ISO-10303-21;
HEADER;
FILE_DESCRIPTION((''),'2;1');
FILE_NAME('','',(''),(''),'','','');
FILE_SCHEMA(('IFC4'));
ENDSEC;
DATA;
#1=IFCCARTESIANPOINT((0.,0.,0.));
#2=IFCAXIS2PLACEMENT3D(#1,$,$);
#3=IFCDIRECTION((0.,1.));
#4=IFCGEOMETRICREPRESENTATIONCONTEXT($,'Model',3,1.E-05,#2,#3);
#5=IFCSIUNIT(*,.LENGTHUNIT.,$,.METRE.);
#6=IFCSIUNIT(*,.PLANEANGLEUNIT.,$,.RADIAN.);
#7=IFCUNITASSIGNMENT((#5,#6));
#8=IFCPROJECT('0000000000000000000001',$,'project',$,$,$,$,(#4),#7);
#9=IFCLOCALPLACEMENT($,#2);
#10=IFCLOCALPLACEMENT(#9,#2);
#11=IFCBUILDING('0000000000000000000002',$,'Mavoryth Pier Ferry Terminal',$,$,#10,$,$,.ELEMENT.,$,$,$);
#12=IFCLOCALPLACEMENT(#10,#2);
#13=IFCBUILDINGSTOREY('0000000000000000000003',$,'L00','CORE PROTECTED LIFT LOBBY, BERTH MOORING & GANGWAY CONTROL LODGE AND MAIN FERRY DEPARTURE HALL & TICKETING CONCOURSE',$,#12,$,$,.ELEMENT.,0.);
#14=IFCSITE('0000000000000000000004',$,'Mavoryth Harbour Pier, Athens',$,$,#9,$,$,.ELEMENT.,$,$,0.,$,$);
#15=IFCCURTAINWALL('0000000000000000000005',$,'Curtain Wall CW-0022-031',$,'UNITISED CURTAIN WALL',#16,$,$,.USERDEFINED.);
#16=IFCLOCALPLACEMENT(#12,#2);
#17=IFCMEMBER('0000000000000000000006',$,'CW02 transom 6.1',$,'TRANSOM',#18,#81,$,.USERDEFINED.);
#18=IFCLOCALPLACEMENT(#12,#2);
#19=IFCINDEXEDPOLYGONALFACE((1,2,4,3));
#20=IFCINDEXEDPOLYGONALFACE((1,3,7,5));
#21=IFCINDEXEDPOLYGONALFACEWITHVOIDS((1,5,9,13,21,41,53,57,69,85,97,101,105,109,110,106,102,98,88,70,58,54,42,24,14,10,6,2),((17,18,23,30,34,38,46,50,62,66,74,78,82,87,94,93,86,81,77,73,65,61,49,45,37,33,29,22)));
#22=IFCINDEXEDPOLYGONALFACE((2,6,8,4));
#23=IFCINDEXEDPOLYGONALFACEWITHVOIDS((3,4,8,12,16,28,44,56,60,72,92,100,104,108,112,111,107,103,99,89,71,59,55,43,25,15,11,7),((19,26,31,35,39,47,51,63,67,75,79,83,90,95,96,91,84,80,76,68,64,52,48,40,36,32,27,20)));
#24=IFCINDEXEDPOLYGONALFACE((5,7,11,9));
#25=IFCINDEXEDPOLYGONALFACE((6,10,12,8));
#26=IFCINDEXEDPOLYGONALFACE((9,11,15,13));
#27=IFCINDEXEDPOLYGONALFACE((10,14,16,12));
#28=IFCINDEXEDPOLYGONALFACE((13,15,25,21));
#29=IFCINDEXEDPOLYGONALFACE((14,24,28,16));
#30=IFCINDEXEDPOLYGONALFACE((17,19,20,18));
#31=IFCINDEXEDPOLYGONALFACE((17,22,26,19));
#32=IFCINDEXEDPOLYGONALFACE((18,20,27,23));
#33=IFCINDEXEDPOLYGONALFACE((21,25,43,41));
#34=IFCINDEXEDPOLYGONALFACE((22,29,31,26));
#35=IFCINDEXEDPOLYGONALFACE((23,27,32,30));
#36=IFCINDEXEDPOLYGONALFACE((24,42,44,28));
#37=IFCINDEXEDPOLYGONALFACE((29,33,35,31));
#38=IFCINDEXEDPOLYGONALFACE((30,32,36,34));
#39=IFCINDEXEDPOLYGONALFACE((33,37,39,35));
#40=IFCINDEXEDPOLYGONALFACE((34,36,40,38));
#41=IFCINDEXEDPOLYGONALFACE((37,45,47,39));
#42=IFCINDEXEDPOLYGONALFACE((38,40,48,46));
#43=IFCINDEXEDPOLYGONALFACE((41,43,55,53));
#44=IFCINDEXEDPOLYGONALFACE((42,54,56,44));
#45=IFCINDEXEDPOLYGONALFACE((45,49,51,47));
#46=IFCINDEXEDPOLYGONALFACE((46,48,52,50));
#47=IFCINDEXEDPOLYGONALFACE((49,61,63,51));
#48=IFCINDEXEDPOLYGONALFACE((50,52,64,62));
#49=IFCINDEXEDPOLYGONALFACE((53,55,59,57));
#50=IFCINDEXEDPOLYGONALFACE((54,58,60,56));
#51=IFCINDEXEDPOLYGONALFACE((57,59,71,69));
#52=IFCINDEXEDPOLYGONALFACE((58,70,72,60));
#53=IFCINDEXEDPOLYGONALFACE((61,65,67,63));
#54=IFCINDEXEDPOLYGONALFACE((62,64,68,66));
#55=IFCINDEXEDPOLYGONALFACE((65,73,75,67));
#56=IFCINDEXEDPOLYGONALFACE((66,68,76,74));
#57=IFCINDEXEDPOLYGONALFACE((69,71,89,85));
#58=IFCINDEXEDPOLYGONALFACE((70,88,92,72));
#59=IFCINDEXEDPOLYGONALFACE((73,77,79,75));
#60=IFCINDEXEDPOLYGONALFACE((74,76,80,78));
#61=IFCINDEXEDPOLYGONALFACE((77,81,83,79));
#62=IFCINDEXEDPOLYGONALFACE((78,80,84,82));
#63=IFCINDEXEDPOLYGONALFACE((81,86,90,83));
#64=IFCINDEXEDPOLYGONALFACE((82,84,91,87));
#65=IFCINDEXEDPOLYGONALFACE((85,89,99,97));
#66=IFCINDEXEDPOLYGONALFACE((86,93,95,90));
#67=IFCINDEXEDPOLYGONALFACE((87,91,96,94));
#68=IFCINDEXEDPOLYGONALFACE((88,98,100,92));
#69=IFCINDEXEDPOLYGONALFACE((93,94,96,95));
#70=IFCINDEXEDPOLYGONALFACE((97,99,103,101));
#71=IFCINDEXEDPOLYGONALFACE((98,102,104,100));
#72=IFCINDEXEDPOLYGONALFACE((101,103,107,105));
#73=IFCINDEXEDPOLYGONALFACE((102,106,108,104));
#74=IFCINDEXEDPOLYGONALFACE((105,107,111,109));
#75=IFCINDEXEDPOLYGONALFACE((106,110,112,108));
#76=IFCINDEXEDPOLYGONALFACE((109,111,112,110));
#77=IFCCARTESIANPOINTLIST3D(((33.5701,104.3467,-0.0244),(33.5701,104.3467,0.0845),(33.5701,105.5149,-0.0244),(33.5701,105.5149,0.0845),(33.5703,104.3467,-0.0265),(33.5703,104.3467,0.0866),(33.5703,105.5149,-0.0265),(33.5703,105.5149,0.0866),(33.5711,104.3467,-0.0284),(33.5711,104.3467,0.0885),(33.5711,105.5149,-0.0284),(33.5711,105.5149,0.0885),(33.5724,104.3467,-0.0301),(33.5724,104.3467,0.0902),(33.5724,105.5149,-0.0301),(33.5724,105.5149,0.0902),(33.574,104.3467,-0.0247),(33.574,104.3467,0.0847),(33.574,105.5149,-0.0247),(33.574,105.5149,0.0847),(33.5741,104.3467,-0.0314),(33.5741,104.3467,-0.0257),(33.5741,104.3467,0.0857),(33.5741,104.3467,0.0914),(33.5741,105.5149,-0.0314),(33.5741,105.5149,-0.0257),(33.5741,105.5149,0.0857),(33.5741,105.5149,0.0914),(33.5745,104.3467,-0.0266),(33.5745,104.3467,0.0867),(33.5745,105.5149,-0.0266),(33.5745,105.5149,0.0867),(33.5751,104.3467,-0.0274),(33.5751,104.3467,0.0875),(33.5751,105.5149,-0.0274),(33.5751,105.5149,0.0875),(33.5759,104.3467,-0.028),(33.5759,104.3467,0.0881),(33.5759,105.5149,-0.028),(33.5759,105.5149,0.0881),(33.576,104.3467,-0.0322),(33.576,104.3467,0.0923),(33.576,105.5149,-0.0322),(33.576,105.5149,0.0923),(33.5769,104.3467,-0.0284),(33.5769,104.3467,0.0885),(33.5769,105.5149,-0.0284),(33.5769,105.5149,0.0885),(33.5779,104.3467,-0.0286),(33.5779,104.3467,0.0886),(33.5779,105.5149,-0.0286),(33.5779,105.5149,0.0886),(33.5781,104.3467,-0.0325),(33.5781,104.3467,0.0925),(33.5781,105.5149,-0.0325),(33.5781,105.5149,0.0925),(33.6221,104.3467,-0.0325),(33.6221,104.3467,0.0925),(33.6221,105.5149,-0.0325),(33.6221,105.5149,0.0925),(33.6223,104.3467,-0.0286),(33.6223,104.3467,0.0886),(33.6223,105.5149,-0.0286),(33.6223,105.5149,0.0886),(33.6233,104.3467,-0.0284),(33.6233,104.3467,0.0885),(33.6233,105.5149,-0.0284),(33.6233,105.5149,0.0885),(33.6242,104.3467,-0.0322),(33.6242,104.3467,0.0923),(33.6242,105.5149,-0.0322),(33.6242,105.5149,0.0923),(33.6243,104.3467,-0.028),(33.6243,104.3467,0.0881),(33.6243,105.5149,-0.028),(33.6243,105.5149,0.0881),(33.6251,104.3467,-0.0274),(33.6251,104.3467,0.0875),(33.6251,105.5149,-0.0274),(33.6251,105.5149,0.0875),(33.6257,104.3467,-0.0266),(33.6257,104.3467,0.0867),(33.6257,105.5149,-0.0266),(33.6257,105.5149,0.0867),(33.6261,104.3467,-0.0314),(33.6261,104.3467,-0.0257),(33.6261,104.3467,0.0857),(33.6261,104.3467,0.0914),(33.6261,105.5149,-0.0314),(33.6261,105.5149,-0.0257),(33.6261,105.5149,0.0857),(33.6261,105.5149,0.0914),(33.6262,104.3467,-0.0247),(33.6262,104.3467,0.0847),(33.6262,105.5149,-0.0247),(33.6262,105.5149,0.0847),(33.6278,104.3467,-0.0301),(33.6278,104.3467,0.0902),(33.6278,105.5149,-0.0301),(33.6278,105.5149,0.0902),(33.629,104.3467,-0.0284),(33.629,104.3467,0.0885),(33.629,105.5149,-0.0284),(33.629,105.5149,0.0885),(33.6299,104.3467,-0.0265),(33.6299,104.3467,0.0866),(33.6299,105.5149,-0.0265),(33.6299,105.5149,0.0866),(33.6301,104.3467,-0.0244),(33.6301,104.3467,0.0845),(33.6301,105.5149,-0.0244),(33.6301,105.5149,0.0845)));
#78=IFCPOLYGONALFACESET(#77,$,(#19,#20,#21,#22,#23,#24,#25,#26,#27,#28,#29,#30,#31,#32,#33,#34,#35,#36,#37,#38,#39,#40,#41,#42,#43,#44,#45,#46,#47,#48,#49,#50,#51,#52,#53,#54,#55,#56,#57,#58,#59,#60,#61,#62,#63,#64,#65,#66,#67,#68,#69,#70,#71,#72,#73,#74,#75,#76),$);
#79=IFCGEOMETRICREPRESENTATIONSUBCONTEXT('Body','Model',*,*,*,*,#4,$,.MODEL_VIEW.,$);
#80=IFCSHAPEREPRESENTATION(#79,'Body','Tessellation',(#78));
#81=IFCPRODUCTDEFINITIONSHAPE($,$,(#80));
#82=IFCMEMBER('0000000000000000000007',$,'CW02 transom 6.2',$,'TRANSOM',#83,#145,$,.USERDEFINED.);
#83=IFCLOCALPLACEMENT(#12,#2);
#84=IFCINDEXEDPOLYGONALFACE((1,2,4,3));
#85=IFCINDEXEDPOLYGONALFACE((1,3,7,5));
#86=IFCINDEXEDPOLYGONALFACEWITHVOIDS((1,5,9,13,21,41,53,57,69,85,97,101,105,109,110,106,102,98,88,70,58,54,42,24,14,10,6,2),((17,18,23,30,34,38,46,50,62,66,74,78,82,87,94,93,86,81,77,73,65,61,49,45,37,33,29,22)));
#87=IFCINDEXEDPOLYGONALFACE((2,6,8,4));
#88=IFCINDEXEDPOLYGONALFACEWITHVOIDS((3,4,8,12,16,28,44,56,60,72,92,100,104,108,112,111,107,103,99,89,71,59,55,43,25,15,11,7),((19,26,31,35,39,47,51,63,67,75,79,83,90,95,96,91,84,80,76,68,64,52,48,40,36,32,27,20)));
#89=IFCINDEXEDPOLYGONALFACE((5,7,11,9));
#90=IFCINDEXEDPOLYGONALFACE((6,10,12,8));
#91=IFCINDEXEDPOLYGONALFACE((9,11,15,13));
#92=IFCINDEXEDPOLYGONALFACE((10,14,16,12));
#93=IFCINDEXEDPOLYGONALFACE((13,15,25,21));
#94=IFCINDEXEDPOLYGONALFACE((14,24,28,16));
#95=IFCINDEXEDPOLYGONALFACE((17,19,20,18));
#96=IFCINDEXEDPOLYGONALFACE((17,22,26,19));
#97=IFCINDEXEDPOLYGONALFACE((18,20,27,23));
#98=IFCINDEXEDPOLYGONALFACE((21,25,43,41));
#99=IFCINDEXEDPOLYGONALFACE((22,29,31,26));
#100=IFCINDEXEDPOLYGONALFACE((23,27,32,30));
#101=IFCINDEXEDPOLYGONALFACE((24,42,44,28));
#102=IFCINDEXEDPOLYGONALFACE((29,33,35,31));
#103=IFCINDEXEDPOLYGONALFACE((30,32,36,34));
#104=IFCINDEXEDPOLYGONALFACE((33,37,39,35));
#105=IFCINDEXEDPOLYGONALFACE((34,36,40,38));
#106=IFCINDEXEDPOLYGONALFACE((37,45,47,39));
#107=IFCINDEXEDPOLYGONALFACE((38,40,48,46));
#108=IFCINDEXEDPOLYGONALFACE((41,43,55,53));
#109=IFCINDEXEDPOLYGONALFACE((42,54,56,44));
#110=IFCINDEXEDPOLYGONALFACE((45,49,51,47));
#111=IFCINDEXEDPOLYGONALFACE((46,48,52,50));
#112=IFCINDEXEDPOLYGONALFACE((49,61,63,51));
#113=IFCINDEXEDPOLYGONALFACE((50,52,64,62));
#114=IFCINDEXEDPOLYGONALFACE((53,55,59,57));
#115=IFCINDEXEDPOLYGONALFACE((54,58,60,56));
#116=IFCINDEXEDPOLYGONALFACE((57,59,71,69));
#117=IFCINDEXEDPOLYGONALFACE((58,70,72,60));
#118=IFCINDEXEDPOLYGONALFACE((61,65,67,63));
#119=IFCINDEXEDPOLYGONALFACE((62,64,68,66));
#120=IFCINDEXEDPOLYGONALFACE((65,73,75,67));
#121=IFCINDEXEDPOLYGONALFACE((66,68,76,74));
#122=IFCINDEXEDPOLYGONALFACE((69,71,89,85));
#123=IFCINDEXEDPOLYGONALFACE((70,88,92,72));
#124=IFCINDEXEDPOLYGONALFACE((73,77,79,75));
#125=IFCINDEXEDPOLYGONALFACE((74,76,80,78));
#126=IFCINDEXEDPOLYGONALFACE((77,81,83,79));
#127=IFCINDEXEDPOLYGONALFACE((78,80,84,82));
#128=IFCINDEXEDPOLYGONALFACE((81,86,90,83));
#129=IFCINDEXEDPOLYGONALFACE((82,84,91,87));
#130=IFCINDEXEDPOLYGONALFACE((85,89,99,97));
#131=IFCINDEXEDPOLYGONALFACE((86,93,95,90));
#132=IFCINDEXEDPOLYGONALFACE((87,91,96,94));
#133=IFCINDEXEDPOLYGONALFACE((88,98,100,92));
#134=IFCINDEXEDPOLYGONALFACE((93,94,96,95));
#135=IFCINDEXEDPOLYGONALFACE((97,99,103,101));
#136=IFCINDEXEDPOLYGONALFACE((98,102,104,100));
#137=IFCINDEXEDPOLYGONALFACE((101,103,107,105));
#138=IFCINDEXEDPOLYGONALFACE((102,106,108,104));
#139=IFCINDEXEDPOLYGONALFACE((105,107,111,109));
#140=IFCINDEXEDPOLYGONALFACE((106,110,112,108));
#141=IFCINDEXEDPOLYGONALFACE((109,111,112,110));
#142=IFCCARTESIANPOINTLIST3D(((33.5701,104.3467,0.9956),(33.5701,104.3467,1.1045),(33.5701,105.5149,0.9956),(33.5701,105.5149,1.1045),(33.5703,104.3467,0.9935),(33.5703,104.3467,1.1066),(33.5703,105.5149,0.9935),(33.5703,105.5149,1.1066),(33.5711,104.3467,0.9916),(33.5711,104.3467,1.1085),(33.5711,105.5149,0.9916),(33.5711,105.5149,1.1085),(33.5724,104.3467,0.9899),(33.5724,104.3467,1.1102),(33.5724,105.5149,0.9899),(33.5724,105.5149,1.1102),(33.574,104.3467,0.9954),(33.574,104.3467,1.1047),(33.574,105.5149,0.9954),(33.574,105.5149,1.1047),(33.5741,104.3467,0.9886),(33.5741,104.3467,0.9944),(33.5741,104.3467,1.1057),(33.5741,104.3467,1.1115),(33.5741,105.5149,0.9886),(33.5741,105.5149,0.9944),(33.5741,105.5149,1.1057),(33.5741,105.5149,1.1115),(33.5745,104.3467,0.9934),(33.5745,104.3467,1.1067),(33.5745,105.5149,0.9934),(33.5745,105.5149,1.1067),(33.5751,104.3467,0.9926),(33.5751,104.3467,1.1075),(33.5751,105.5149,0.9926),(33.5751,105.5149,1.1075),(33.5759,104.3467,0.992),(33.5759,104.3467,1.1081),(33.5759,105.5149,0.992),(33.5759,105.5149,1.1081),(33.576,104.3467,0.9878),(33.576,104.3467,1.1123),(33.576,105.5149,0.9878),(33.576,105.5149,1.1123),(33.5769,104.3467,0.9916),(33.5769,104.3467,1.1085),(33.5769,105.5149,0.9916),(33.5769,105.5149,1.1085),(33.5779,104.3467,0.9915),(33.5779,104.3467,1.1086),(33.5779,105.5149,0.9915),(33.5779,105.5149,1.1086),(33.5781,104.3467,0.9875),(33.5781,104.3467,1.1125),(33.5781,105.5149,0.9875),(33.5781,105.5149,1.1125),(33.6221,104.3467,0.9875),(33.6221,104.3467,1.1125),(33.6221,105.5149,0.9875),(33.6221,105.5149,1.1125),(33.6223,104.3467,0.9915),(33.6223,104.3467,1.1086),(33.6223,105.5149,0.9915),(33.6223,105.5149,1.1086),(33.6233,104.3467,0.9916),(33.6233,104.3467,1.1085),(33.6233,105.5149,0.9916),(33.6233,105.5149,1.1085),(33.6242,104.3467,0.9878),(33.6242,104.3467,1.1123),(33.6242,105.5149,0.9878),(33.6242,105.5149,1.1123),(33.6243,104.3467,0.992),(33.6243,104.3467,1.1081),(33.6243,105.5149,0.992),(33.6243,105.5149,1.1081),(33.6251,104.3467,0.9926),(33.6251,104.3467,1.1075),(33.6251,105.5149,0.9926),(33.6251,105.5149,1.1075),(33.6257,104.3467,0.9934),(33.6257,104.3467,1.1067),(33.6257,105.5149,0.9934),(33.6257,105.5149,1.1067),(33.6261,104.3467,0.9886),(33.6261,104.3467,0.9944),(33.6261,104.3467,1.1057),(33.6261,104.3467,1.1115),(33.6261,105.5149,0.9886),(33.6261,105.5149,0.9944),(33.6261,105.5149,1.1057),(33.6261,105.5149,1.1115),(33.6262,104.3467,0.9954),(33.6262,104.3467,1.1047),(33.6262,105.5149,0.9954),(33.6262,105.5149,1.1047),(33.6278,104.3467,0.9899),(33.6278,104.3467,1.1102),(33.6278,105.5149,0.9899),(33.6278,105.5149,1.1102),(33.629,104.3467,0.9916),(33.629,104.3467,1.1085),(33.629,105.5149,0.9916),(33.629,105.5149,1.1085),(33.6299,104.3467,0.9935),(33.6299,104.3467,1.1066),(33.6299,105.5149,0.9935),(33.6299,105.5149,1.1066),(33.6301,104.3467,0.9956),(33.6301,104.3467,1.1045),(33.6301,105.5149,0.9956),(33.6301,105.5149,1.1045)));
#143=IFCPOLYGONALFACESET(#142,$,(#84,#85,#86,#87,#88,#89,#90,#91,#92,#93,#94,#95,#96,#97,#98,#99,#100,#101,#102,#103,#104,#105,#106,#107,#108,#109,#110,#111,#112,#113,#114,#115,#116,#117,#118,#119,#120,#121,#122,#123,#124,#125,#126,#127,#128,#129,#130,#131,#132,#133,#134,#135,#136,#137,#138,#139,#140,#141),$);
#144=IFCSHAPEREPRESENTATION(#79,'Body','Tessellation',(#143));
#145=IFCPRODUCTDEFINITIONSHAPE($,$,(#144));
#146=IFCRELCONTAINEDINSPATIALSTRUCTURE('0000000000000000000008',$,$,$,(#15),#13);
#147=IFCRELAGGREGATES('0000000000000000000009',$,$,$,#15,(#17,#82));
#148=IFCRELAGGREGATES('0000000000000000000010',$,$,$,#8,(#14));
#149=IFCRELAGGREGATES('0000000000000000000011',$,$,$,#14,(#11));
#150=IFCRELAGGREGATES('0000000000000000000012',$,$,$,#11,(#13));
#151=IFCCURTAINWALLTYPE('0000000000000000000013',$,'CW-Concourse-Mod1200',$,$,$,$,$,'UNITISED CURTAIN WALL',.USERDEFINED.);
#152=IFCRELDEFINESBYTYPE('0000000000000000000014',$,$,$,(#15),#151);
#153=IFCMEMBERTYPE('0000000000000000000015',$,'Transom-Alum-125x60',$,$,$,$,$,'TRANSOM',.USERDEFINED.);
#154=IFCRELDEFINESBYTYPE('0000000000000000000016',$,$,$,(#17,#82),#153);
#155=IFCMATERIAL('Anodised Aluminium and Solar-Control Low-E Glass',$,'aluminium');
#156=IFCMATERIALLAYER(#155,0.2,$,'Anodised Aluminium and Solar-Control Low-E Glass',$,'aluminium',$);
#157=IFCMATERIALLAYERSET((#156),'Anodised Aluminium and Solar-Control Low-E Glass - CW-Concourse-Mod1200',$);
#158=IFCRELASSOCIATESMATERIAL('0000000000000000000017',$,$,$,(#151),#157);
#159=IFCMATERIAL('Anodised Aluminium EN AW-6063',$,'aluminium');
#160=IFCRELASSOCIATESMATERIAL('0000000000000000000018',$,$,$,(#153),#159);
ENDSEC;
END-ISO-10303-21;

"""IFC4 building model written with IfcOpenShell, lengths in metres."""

from ifc_helpers import new_model, si_unit, direction, frame, origin, origin_2d, place, context, subcontext, project, spatial, hollow_rectangle, extrude, material, layer, layer_set, material_profile, profile_set, type_object, element, aggregate, save


model = new_model("IFC4")

# Units and contexts
model_context = context("Model", 3, precision=1e-05, world=origin(), true_north=direction((0.0, 1.0)))
body_context = subcontext(model_context, "Body", "Model", "MODEL_VIEW")
ifc_project = project(units=[si_unit("LENGTHUNIT", "METRE"), si_unit("PLANEANGLEUNIT", "RADIAN")], contexts=[model_context])

# Site, building, storey
site_placement = place(None, origin())
site = spatial("IfcSite", under=ifc_project, at=site_placement, Name="Mavoryth Harbour Pier, Athens", CompositionType="ELEMENT", RefElevation=0.0)
building_placement = place(site_placement, origin())
building = spatial("IfcBuilding", under=site, at=building_placement, Name="Mavoryth Pier Ferry Terminal", CompositionType="ELEMENT")
storey_placement = place(building_placement, origin())
storey = spatial("IfcBuildingStorey", under=building, at=storey_placement, Name="L00", Description="CORE PROTECTED LIFT LOBBY, BERTH MOORING & GANGWAY CONTROL LODGE AND MAIN FERRY DEPARTURE HALL & TICKETING CONCOURSE", CompositionType="ELEMENT", Elevation=0.0)

# Curtain wall, members
ifc_material_1 = material(Name="Anodised Aluminium and Solar-Control Low-E Glass", Category="aluminium")
ifc_layer_1 = layer(ifc_material_1, 0.2, Name="Anodised Aluminium and Solar-Control Low-E Glass", Category="aluminium")
ifc_layer_set_1 = layer_set([ifc_layer_1], Name="Anodised Aluminium and Solar-Control Low-E Glass - CW-Concourse-Mod1200")
curtain_wall_type = type_object("IfcCurtainWallType", Name="CW-Concourse-Mod1200", ElementType="UNITISED CURTAIN WALL", PredefinedType="USERDEFINED", material=ifc_layer_set_1)
curtain_wall_placement = place(storey_placement, origin())
curtain_wall = element("IfcCurtainWall", 1, at=curtain_wall_placement, inside=storey, type_object=curtain_wall_type, Name="Curtain Wall CW-0022-031", ObjectType="UNITISED CURTAIN WALL", PredefinedType="USERDEFINED")
ifc_material_2 = material(Name="Anodised Aluminium EN AW-6063", Category="aluminium")
ifc_material_profile_1 = material_profile(ifc_material_2, hollow_rectangle(XDim=0.0601, YDim=0.125, WallThickness=0.0039, InnerFilletRadius=0.0039, OuterFilletRadius=0.0081, at=origin_2d()), Name="AL-TRAN 125x60x4", Category="aluminium")
ifc_profile_set_1 = profile_set([ifc_material_profile_1], Name="Anodised Aluminium EN AW-6063 - AL-TRAN 125x60x4")
member_type_1 = type_object("IfcMemberType", Name="Transom-Alum-125x60", ElementType="TRANSOM", PredefinedType="USERDEFINED", material=ifc_profile_set_1)
member_1_placement = place(storey_placement, frame((33.6001, 104.3467, 0.03), z_axis=(0.0, 1.0, 0.0), x_axis=(-1.0, 0.0, 0.0)))
member_1 = element("IfcMember", 2, at=member_1_placement, type_object=member_type_1, Name="CW02 transom 6.1", ObjectType="TRANSOM", PredefinedType="USERDEFINED", context=body_context, shape_type="SweptSolid", body=[
    extrude(hollow_rectangle(XDim=0.0601, YDim=0.125, WallThickness=0.0039, InnerFilletRadius=0.0039, OuterFilletRadius=0.0081, at=origin_2d()), origin(), (0.0, 0.0, 1.0), 1.1682),
])
member_2_placement = place(storey_placement, frame((33.6001, 104.3467, 1.05), z_axis=(0.0, 1.0, 0.0), x_axis=(-1.0, 0.0, 0.0)))
member_2 = element("IfcMember", 3, at=member_2_placement, type_object=member_type_1, Name="CW02 transom 6.2", ObjectType="TRANSOM", PredefinedType="USERDEFINED", context=body_context, shape_type="SweptSolid", body=[
    extrude(hollow_rectangle(XDim=0.0601, YDim=0.125, WallThickness=0.0039, InnerFilletRadius=0.0039, OuterFilletRadius=0.0081, at=origin_2d()), origin(), (0.0, 0.0, 1.0), 1.1682),
])
aggregate(curtain_wall, [member_1, member_2])

save(model, "model.ifc")
